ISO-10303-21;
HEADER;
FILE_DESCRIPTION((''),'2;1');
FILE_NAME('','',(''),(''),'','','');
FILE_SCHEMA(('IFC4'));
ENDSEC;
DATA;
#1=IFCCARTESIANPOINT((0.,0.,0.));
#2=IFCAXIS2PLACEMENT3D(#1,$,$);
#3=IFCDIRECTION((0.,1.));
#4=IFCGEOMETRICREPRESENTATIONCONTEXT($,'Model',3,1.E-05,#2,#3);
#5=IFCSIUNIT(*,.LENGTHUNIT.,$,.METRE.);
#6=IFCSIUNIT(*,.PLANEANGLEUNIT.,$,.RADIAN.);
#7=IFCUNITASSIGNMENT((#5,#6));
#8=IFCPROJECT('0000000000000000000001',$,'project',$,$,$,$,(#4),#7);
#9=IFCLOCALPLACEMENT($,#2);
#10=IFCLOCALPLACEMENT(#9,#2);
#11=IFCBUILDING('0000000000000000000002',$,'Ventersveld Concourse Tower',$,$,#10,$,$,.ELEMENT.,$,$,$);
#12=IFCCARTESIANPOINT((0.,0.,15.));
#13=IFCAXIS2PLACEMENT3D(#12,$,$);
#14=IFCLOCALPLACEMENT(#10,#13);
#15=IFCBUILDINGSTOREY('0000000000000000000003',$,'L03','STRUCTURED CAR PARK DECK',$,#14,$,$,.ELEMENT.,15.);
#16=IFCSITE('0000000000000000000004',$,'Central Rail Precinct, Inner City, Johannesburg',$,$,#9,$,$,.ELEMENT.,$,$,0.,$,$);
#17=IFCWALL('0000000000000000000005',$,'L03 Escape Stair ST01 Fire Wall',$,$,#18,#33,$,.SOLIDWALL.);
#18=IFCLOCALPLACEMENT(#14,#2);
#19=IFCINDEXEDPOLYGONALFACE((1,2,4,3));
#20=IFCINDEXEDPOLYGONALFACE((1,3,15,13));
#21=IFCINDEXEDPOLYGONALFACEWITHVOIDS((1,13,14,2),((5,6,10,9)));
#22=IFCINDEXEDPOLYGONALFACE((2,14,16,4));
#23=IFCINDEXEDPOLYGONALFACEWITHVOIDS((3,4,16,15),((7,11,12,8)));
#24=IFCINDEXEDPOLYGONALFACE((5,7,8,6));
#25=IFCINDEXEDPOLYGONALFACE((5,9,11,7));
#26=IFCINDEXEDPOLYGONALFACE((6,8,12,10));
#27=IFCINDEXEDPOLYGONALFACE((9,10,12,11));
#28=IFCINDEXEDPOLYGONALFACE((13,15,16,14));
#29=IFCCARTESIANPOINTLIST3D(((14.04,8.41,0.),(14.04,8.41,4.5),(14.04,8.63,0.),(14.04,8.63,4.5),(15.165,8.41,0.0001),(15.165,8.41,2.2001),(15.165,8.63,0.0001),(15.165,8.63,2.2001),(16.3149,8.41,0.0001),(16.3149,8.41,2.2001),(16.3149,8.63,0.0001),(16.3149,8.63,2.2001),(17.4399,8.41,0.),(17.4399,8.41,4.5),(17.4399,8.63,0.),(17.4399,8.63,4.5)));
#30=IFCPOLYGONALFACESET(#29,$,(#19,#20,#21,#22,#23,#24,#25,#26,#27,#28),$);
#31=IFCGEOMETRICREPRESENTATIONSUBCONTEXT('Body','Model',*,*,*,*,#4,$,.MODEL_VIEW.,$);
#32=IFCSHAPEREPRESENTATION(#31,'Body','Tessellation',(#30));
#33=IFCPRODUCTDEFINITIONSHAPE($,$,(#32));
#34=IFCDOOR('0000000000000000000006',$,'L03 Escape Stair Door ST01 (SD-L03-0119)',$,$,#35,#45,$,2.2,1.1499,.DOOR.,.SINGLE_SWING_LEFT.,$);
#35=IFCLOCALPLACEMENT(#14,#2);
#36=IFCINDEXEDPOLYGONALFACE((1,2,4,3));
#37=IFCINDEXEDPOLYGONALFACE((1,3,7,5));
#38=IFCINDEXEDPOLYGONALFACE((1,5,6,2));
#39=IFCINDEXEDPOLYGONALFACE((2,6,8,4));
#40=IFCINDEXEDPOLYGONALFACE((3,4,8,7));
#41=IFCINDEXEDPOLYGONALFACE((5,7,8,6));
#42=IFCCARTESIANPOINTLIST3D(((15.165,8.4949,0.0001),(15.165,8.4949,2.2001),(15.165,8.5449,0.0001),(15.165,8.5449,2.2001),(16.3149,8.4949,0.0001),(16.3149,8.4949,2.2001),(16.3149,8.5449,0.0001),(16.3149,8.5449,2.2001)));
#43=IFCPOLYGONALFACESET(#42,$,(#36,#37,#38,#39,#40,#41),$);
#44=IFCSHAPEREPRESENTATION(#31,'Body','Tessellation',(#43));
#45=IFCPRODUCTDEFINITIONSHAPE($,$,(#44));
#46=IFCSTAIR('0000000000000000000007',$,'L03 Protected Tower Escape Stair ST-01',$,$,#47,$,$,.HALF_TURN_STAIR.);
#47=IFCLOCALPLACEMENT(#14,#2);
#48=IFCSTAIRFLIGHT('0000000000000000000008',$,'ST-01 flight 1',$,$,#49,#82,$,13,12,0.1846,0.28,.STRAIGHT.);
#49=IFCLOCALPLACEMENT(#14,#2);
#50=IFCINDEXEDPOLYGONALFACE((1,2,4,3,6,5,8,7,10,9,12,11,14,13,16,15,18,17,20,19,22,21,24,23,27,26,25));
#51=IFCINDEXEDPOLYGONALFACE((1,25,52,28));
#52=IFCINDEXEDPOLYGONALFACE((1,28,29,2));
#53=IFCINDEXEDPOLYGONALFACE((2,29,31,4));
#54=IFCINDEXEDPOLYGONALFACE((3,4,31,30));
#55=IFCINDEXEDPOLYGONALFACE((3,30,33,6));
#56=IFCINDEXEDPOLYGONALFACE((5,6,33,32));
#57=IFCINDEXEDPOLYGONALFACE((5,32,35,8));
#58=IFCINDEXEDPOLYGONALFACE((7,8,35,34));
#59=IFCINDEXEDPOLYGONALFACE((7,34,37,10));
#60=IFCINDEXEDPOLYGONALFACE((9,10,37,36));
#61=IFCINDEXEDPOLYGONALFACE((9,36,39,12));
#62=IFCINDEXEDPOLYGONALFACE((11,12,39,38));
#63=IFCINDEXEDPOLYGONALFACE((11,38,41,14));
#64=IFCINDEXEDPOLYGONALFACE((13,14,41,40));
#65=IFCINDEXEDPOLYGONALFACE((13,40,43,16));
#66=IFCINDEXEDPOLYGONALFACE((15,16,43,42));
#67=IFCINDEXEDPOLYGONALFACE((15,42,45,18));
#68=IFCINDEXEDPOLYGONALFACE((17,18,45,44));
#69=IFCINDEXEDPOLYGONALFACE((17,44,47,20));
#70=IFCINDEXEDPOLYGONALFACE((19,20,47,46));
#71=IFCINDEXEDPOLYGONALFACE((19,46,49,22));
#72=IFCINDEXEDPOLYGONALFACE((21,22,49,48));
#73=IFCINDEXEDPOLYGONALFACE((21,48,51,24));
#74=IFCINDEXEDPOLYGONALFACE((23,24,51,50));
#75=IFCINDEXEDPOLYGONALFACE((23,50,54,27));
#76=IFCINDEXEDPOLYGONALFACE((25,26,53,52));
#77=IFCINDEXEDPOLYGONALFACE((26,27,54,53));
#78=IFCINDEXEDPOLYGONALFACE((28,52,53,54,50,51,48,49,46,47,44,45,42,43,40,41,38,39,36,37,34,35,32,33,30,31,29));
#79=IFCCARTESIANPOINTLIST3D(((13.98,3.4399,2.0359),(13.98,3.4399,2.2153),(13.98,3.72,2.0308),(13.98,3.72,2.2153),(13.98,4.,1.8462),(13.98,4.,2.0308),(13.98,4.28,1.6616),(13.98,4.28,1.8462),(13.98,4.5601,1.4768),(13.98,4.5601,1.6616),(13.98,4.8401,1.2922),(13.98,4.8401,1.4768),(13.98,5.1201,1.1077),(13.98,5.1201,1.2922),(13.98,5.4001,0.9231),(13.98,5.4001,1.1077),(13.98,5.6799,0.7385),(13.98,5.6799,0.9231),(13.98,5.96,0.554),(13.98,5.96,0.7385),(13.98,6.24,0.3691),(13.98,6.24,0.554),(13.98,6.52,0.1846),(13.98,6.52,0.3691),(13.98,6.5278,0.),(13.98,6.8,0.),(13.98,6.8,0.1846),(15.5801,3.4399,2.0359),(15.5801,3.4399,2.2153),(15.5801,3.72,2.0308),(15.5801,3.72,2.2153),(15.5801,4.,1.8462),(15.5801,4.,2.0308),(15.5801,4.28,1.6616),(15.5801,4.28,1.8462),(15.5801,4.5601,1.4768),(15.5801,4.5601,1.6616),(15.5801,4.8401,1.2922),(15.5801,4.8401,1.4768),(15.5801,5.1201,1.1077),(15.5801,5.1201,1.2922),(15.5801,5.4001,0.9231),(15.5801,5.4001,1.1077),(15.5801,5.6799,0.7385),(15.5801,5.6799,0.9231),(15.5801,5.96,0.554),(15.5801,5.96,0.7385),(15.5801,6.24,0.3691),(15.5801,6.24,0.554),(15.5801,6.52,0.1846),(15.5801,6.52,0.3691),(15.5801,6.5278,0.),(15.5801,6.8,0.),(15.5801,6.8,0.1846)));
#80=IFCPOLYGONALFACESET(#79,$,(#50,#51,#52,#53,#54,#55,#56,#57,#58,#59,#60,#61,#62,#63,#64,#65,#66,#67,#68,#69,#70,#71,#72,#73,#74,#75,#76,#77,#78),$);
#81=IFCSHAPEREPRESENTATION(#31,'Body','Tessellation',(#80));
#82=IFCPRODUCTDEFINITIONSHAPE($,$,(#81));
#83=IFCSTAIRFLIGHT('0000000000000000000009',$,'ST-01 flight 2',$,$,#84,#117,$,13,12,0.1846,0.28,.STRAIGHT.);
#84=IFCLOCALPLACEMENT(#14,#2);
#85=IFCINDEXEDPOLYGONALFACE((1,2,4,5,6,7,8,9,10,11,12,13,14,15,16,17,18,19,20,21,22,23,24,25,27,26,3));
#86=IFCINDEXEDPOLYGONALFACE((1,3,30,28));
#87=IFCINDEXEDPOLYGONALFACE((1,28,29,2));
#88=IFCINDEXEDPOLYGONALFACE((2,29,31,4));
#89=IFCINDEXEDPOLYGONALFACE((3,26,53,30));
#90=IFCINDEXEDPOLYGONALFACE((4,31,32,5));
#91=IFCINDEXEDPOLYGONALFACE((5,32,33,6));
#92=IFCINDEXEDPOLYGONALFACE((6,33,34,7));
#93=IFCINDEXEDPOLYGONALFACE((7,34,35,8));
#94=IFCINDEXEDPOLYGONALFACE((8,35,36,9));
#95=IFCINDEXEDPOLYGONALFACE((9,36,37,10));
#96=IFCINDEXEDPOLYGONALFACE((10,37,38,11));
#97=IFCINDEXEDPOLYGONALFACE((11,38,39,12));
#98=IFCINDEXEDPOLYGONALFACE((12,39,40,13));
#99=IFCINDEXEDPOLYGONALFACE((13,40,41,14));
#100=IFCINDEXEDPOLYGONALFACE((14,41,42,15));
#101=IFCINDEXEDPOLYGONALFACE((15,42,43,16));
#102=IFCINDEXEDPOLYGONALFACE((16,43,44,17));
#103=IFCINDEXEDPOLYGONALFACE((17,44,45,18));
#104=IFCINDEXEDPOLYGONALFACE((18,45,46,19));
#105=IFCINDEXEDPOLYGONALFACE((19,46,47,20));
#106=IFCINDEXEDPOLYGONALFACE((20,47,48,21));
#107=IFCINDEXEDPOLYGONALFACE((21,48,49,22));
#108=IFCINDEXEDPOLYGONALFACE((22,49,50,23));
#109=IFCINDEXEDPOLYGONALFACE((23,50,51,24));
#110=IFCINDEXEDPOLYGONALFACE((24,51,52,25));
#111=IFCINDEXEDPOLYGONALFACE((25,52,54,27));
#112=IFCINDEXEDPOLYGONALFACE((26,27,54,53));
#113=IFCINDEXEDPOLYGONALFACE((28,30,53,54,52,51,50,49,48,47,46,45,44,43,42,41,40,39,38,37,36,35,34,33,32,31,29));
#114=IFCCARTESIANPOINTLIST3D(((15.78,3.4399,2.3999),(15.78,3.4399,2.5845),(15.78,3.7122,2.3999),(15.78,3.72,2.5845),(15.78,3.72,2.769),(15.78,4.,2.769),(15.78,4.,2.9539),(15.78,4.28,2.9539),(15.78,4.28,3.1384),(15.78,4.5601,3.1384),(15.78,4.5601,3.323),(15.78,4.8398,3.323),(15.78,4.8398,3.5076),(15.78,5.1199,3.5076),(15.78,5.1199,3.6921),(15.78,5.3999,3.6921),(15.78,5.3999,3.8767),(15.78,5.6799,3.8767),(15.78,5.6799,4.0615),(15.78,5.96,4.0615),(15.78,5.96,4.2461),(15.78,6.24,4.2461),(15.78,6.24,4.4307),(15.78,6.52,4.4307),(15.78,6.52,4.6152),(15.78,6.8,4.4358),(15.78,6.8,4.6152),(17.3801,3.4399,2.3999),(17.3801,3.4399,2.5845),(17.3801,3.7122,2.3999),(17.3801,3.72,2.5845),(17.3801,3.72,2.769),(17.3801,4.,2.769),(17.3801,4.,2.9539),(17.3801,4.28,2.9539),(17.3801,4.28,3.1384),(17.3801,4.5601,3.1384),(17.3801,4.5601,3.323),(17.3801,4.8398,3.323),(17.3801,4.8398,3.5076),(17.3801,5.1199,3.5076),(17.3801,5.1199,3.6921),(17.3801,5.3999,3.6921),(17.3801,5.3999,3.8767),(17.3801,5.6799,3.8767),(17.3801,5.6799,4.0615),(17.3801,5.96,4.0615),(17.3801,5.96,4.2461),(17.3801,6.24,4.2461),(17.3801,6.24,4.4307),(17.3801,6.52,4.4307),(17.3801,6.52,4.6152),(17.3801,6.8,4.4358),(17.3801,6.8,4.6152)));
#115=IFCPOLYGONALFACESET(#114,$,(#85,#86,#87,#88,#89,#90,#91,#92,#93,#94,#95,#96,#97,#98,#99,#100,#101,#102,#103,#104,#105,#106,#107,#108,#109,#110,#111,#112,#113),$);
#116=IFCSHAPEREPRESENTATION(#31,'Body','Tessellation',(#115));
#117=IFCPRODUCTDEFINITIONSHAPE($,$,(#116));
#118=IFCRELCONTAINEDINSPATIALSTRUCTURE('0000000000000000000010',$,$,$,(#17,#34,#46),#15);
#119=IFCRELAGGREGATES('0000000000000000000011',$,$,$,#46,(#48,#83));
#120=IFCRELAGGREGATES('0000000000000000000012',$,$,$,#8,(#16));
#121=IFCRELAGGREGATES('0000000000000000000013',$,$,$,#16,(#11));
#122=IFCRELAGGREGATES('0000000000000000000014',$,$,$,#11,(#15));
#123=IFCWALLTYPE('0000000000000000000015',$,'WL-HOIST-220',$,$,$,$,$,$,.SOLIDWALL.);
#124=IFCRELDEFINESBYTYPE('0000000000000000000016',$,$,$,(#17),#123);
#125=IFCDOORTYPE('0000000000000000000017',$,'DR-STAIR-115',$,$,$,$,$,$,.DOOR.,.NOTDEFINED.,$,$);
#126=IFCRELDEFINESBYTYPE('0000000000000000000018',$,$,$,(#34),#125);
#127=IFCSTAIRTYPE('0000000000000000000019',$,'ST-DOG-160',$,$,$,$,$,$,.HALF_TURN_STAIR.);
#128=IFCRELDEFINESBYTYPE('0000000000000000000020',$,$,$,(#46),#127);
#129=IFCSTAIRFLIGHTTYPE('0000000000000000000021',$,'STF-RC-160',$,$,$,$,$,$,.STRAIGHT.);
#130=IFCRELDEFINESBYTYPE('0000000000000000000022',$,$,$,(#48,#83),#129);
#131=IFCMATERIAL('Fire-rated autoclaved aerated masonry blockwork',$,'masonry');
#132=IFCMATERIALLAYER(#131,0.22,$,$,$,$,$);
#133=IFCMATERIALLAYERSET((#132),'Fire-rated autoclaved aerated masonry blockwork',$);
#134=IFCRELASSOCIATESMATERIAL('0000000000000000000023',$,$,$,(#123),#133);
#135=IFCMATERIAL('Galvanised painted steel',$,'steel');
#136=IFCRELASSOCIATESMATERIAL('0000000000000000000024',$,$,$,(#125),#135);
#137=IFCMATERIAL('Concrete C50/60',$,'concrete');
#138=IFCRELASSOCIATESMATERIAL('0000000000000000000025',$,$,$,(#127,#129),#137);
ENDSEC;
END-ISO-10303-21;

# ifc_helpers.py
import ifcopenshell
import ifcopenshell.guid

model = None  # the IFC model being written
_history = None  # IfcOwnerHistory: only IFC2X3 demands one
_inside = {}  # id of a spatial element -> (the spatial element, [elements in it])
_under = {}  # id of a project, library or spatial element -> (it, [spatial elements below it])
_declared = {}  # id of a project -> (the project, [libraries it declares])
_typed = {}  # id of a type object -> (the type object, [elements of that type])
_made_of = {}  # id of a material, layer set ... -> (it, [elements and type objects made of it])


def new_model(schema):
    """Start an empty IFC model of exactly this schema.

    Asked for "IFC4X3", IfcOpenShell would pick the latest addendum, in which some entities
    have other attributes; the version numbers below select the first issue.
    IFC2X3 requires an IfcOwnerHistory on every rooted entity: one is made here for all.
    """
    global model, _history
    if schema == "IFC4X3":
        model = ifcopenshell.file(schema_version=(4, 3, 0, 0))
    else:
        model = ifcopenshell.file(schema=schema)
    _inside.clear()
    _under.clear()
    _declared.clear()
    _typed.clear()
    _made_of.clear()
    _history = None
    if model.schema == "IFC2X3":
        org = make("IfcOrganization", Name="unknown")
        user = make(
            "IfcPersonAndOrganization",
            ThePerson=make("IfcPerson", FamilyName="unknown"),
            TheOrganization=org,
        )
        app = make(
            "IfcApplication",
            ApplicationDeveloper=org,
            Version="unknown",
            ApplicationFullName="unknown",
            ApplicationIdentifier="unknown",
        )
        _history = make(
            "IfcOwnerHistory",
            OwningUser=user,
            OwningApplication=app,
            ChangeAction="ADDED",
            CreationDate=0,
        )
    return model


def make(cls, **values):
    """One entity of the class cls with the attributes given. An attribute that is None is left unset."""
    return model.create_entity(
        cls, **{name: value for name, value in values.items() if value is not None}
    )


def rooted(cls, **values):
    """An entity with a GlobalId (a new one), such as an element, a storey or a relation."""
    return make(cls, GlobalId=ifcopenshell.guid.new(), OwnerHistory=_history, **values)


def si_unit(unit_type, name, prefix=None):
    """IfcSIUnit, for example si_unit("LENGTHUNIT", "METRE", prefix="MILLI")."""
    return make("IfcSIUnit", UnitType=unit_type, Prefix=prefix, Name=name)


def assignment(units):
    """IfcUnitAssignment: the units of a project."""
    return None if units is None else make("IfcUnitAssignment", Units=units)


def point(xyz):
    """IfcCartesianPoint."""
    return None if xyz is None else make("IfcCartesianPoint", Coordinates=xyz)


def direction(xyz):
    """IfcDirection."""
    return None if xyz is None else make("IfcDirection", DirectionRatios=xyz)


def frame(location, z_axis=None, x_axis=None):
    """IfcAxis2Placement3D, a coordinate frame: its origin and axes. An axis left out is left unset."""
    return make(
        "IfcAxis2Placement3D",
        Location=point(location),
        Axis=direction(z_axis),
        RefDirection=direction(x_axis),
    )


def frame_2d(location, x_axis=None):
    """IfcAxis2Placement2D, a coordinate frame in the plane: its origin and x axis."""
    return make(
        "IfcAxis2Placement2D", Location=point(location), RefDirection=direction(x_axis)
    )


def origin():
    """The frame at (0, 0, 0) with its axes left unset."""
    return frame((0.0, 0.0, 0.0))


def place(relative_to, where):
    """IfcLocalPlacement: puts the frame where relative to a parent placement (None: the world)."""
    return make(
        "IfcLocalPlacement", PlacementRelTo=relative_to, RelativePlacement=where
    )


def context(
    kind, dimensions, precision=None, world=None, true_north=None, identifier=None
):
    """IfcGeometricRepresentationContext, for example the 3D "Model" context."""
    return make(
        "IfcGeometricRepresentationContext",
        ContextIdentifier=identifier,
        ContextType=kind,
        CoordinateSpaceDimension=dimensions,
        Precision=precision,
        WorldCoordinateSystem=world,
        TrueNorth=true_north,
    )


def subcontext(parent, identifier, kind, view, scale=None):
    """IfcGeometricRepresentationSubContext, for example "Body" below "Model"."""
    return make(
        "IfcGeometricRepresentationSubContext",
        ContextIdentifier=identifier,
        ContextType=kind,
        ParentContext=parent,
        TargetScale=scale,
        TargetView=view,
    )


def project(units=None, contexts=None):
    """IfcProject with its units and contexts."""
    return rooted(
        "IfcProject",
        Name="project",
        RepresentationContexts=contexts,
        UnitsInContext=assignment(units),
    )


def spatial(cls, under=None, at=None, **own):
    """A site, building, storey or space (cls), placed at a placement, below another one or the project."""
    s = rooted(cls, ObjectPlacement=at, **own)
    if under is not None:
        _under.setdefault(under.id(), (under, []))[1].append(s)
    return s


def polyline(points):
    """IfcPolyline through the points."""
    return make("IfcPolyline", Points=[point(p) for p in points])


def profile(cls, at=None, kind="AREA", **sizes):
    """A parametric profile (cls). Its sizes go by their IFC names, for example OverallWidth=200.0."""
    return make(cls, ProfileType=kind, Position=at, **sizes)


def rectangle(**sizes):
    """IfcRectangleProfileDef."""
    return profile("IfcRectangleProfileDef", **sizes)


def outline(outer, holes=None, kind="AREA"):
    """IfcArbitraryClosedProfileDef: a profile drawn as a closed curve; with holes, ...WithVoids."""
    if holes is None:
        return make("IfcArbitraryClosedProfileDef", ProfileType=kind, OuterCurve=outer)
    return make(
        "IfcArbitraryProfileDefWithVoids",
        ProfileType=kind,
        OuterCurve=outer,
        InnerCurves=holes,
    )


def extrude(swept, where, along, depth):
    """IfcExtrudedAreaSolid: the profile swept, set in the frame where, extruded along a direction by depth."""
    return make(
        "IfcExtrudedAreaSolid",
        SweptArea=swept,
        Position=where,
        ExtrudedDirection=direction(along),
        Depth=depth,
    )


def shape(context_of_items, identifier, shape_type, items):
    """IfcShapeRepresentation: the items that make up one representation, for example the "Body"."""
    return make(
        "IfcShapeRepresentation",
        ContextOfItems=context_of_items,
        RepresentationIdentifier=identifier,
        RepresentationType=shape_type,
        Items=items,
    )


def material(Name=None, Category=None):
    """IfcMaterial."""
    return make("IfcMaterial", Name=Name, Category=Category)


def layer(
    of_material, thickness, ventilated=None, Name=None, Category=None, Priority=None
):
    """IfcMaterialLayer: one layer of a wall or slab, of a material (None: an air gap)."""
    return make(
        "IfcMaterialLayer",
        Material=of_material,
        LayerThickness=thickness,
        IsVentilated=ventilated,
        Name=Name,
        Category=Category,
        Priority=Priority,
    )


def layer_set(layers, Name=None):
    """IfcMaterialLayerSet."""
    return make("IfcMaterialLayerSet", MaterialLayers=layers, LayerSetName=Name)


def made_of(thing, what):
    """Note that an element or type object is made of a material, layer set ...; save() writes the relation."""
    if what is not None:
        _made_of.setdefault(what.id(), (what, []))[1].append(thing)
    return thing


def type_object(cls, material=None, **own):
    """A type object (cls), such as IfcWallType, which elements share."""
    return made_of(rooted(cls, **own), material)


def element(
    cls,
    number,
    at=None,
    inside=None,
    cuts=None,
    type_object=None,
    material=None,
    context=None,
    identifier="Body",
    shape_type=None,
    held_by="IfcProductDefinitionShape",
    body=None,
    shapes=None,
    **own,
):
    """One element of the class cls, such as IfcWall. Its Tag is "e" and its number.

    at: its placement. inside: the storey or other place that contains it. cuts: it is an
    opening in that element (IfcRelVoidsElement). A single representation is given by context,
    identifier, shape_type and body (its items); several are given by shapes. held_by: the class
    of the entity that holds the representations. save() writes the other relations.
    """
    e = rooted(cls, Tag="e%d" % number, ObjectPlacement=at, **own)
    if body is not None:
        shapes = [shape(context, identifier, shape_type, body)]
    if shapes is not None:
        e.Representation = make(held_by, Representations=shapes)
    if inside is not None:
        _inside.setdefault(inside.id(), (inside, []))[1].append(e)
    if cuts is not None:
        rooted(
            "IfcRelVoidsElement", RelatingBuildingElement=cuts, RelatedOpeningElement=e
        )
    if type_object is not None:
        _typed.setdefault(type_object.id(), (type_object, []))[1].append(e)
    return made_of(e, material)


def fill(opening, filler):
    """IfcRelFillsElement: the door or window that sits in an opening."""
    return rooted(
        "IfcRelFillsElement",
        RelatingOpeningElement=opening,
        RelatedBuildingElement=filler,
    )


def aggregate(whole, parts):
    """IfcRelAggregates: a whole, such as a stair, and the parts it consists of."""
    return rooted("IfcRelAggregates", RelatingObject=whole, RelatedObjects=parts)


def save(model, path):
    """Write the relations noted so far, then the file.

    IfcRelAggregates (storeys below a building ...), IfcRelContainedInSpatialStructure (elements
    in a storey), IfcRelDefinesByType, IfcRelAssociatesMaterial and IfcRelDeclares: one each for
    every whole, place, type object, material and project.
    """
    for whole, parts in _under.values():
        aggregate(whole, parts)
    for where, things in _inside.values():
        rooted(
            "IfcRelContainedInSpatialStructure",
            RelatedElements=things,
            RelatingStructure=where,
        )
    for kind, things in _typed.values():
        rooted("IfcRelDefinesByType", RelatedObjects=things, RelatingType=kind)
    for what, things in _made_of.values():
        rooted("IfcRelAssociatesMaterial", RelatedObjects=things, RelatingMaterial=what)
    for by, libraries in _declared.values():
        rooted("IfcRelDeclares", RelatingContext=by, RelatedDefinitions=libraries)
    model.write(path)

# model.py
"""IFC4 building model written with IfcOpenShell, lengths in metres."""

from ifc_helpers import new_model, si_unit, direction, frame, frame_2d, origin, place, context, subcontext, project, spatial, polyline, rectangle, outline, extrude, material, layer, layer_set, type_object, element, fill, aggregate, save


model = new_model("IFC4")

# Units and contexts
model_context = context("Model", 3, precision=1e-05, world=origin(), true_north=direction((0.0, 1.0)))
body_context = subcontext(model_context, "Body", "Model", "MODEL_VIEW")
ifc_project = project(units=[si_unit("LENGTHUNIT", "METRE"), si_unit("PLANEANGLEUNIT", "RADIAN")], contexts=[model_context])

# Site, building, storey
site_placement = place(None, origin())
site = spatial("IfcSite", under=ifc_project, at=site_placement, Name="Central Rail Precinct, Inner City, Johannesburg", CompositionType="ELEMENT", RefElevation=0.0)
building_placement = place(site_placement, origin())
building = spatial("IfcBuilding", under=site, at=building_placement, Name="Ventersveld Concourse Tower", CompositionType="ELEMENT")
storey_placement = place(building_placement, frame((0.0, 0.0, 15.0)))
storey = spatial("IfcBuildingStorey", under=building, at=storey_placement, Name="L03", Description="STRUCTURED CAR PARK DECK", CompositionType="ELEMENT", Elevation=15.0)

# Shared definitions
ifc_material_1 = material(Name="Concrete C50/60", Category="concrete")

# Shared definitions
ifc_material_2 = material(Name="Fire-rated autoclaved aerated masonry blockwork", Category="masonry")
ifc_layer_1 = layer(ifc_material_2, 0.22)
ifc_layer_set_1 = layer_set([ifc_layer_1], Name="Fire-rated autoclaved aerated masonry blockwork")
wall_type_1 = type_object("IfcWallType", Name="WL-HOIST-220", PredefinedType="SOLIDWALL", material=ifc_layer_set_1)

# Wall, opening, door
wall_1_placement = place(storey_placement, frame((14.04, 8.52, 0.0), z_axis=(0.0, 0.0, 1.0), x_axis=(1.0, 0.0, 0.0)))
wall_1 = element("IfcWall", 1, at=wall_1_placement, inside=storey, type_object=wall_type_1, Name="L03 Escape Stair ST01 Fire Wall", PredefinedType="SOLIDWALL", context=body_context, shape_type="SweptSolid", body=[
    extrude(rectangle(XDim=3.3999, YDim=0.22, at=frame_2d((1.7, 0.0))), origin(), (0.0, 0.0, 1.0), 4.5),
])
opening_1_placement = place(wall_1_placement, frame((1.125, 0.0, 0.0)))
opening_1 = element("IfcOpeningElement", 2, at=opening_1_placement, cuts=wall_1, PredefinedType="OPENING", context=body_context, shape_type="SweptSolid", body=[
    extrude(rectangle(XDim=1.1499, YDim=2.2, at=frame_2d((0.575, 1.1001))), frame((0.0, 0.1201, 0.0), z_axis=(0.0, -1.0, 0.0), x_axis=(1.0, 0.0, 0.0)), (0.0, 0.0, 1.0), 0.24),
])
ifc_material_3 = material(Name="Galvanised painted steel", Category="steel")
door_type_1 = type_object("IfcDoorType", Name="DR-STAIR-115", OperationType="NOTDEFINED", PredefinedType="DOOR", material=ifc_material_3)
door_1_placement = place(opening_1_placement, origin())
door_1 = element("IfcDoor", 3, at=door_1_placement, inside=storey, type_object=door_type_1, Name="L03 Escape Stair Door ST01 (SD-L03-0119)", OperationType="SINGLE_SWING_LEFT", OverallHeight=2.2, OverallWidth=1.1499, PredefinedType="DOOR", context=body_context, shape_type="SweptSolid", body=[
    extrude(rectangle(XDim=1.1499, YDim=2.2, at=frame_2d((0.575, 1.1001))), frame((0.0, 0.0249, 0.0), z_axis=(0.0, -1.0, 0.0), x_axis=(1.0, 0.0, 0.0)), (0.0, 0.0, 1.0), 0.05),
])
fill(opening_1, door_1)

# Stair, stair flights
stair_type = type_object("IfcStairType", Name="ST-DOG-160", PredefinedType="HALF_TURN_STAIR", material=ifc_material_1)
stair_placement = place(storey_placement, origin())
stair = element("IfcStair", 4, at=stair_placement, inside=storey, type_object=stair_type, Name="L03 Protected Tower Escape Stair ST-01", PredefinedType="HALF_TURN_STAIR")
stair_flight_type = type_object("IfcStairFlightType", Name="STF-RC-160", PredefinedType="STRAIGHT", material=ifc_material_1)
stair_flight_1_placement = place(storey_placement, frame((14.78, 6.8, 0.0), z_axis=(0.0, 0.0, 1.0), x_axis=(0.0, -1.0, 0.0)))
stair_flight_1 = element("IfcStairFlight", 5, at=stair_flight_1_placement, type_object=stair_flight_type, Name="ST-01 flight 1", NumberOfRisers=13, NumberOfTreads=12, PredefinedType="STRAIGHT", RiserHeight=0.1846, TreadLength=0.28, context=body_context, shape_type="SweptSolid", body=[
    extrude(outline(polyline([(0.0, 0.0), (0.0, 0.1846), (0.28, 0.1846), (0.28, 0.3691), (0.5601, 0.3691), (0.5601, 0.554), (0.8401, 0.554), (0.8401, 0.7385), (1.1201, 0.7385), (1.1201, 0.9231), (1.3999, 0.9231), (1.3999, 1.1077), (1.6799, 1.1077), (1.6799, 1.2922), (1.96, 1.2922), (1.96, 1.4768), (2.24, 1.4768), (2.24, 1.6616), (2.52, 1.6616), (2.52, 1.8462), (2.8, 1.8462), (2.8, 2.0308), (3.0801, 2.0308), (3.0801, 2.2153), (3.3601, 2.2153), (3.3601, 2.3999), (3.3601, 2.0359), (0.2722, 0.0), (0.0, 0.0)])), frame((0.0, 0.8, 0.0), z_axis=(0.0, -1.0, 0.0), x_axis=(1.0, 0.0, 0.0)), (0.0, 0.0, 1.0), 1.6001),
])
stair_flight_2_placement = place(storey_placement, frame((16.5801, 3.4399, 2.3999), z_axis=(0.0, 0.0, 1.0), x_axis=(0.0, 1.0, 0.0)))
stair_flight_2 = element("IfcStairFlight", 6, at=stair_flight_2_placement, type_object=stair_flight_type, Name="ST-01 flight 2", NumberOfRisers=13, NumberOfTreads=12, PredefinedType="STRAIGHT", RiserHeight=0.1846, TreadLength=0.28, context=body_context, shape_type="SweptSolid", body=[
    extrude(outline(polyline([(0.0, 0.0), (0.0, 0.1846), (0.28, 0.1846), (0.28, 0.3691), (0.5601, 0.3691), (0.5601, 0.554), (0.8401, 0.554), (0.8401, 0.7385), (1.1201, 0.7385), (1.1201, 0.9231), (1.3999, 0.9231), (1.3999, 1.1077), (1.6799, 1.1077), (1.6799, 1.2922), (1.96, 1.2922), (1.96, 1.4768), (2.24, 1.4768), (2.24, 1.6616), (2.52, 1.6616), (2.52, 1.8462), (2.8, 1.8462), (2.8, 2.0308), (3.0801, 2.0308), (3.0801, 2.2153), (3.3601, 2.2153), (3.3601, 2.3999), (3.3601, 2.0359), (0.2722, 0.0), (0.0, 0.0)])), frame((0.0, 0.8, 0.0), z_axis=(0.0, -1.0, 0.0), x_axis=(1.0, 0.0, 0.0)), (0.0, 0.0, 1.0), 1.6001),
])
aggregate(stair, [stair_flight_1, stair_flight_2])

save(model, "model.ifc")
